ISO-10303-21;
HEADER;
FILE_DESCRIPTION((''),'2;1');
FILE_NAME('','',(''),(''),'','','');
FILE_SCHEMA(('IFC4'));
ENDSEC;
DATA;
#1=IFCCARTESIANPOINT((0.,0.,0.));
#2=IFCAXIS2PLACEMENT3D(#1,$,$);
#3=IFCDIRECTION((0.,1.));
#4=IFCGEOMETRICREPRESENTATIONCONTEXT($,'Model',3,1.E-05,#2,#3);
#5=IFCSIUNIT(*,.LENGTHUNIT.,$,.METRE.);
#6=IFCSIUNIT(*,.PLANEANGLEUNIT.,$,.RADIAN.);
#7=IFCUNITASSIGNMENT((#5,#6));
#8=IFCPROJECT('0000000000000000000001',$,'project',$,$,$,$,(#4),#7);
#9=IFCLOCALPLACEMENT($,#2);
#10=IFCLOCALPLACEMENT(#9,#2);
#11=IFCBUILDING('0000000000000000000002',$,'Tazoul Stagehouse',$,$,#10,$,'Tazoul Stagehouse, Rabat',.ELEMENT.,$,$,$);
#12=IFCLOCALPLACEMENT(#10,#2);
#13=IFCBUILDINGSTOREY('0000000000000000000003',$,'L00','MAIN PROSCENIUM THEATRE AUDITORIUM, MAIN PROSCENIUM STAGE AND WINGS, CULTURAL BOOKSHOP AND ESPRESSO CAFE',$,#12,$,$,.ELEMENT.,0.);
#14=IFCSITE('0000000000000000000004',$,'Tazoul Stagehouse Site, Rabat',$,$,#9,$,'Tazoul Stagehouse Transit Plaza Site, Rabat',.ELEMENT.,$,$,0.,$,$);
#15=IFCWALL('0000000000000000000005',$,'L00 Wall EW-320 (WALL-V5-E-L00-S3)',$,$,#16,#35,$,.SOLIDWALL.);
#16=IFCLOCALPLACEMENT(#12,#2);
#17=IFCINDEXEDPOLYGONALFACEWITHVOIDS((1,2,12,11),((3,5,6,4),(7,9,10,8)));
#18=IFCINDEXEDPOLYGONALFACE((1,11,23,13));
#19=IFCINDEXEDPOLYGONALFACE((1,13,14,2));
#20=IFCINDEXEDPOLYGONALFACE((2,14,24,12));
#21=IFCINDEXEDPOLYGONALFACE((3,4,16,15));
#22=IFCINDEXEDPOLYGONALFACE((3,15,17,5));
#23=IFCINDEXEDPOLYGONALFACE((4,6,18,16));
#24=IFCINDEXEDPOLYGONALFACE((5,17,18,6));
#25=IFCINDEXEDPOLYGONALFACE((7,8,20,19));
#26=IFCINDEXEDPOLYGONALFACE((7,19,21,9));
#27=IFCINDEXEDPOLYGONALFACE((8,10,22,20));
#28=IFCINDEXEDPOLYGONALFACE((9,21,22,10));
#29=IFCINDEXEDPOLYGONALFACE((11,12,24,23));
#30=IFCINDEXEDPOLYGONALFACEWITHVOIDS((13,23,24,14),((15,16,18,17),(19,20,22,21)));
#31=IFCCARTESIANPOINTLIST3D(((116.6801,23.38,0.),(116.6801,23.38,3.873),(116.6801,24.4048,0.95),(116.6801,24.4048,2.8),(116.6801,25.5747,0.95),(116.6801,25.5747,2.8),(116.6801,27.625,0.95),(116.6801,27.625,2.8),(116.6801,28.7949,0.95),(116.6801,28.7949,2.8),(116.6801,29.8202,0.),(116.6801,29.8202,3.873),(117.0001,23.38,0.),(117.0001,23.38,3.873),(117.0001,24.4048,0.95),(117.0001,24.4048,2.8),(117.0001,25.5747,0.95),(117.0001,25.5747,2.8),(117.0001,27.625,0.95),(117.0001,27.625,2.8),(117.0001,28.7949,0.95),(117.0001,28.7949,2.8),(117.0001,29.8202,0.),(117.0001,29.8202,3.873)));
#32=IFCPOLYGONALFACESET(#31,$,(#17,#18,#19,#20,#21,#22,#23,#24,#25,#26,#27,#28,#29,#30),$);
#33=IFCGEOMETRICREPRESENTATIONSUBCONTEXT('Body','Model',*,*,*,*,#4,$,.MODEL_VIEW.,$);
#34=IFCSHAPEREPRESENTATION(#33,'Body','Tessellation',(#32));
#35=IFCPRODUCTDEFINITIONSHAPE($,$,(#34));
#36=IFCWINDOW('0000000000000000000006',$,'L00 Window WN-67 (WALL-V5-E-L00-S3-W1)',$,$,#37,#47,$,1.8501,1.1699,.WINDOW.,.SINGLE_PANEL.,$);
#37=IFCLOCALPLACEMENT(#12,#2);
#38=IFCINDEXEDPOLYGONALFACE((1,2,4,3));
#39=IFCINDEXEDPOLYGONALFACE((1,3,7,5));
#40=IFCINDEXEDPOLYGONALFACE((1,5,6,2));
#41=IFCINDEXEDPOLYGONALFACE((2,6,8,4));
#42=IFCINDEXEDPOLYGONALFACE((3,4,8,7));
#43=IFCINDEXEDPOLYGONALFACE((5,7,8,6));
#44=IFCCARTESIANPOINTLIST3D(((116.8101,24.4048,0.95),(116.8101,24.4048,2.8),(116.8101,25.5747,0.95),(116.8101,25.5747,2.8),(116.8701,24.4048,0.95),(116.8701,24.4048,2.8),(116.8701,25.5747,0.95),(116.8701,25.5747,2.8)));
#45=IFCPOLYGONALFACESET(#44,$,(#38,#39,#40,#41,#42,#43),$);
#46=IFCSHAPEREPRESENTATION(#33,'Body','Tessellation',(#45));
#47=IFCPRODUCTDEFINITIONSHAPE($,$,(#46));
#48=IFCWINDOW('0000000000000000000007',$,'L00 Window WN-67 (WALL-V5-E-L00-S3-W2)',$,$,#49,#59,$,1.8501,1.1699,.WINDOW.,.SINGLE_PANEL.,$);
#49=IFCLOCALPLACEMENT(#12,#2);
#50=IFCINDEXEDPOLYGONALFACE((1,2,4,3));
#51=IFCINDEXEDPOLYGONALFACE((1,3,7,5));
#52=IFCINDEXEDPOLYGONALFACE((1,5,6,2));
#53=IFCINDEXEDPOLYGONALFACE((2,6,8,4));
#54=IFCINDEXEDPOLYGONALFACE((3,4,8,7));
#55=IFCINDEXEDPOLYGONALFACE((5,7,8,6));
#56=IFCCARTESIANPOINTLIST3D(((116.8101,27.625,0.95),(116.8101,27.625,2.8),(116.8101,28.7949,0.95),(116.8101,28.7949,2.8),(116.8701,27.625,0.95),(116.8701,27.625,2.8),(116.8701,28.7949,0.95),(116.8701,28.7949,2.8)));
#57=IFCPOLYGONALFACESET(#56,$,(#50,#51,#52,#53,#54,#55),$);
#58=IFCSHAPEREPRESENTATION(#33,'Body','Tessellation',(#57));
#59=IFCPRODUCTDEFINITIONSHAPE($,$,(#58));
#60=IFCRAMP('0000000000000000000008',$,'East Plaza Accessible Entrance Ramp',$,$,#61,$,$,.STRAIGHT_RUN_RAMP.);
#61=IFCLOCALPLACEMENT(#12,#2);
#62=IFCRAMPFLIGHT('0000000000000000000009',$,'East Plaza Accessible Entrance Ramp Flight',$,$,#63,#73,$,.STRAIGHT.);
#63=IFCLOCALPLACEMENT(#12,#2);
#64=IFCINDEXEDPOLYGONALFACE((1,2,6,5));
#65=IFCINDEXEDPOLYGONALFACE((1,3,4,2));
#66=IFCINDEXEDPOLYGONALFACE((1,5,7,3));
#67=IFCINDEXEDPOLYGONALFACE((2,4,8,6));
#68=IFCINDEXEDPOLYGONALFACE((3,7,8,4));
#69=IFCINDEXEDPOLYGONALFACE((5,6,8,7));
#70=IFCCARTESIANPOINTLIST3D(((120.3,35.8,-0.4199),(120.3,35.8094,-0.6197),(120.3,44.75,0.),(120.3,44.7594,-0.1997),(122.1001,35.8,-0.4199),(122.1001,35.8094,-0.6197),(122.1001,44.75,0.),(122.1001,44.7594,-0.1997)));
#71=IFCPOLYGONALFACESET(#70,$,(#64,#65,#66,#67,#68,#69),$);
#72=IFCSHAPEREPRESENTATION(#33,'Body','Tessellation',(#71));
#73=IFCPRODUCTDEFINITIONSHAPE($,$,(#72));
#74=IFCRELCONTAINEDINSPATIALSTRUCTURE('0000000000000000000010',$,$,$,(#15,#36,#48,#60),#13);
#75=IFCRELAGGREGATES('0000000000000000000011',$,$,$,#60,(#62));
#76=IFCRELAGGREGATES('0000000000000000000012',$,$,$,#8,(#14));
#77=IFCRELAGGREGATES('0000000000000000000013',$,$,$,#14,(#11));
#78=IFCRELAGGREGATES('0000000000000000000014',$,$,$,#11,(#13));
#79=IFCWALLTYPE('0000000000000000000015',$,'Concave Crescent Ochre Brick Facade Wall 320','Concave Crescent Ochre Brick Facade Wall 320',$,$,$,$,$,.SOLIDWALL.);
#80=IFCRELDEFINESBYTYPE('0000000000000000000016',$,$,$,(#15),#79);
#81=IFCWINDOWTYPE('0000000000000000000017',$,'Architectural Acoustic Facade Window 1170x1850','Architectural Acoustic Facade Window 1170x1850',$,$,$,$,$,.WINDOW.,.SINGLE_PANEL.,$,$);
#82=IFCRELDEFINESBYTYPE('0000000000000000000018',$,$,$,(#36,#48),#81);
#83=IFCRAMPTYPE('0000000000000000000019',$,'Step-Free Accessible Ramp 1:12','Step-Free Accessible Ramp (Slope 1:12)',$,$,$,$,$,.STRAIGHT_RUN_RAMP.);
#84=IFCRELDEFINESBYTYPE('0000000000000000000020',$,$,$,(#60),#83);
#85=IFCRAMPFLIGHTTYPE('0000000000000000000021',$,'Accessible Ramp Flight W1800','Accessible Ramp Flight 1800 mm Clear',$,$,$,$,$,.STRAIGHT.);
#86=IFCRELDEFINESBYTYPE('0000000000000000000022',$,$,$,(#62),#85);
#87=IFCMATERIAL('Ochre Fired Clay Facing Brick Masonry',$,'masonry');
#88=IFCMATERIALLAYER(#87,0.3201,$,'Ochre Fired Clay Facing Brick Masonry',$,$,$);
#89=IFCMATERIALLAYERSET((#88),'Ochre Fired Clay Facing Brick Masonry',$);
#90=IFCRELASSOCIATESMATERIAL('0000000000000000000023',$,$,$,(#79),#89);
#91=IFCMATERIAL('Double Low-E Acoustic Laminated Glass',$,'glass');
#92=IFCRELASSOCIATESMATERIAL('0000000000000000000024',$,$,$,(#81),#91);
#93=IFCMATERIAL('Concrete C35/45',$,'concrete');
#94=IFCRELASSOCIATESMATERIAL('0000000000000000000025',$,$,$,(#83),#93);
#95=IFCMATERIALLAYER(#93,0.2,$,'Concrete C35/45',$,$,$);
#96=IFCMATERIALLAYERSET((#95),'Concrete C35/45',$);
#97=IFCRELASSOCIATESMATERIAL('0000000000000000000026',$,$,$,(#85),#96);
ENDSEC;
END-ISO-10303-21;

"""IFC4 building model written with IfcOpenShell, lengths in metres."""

from ifc_helpers import new_model, si_unit, direction, frame, frame_2d, origin, place, context, subcontext, project, spatial, polyline, rectangle, outline, extrude, material, layer, layer_set, type_object, element, fill, aggregate, save


model = new_model("IFC4")

# Units and contexts
model_context = context("Model", 3, precision=1e-05, world=origin(), true_north=direction((0.0, 1.0)))
body_context = subcontext(model_context, "Body", "Model", "MODEL_VIEW")
ifc_project = project(units=[si_unit("LENGTHUNIT", "METRE"), si_unit("PLANEANGLEUNIT", "RADIAN")], contexts=[model_context])

# Site, building, storey
site_placement = place(None, origin())
site = spatial("IfcSite", under=ifc_project, at=site_placement, Name="Tazoul Stagehouse Site, Rabat", LongName="Tazoul Stagehouse Transit Plaza Site, Rabat", CompositionType="ELEMENT", RefElevation=0.0)
building_placement = place(site_placement, origin())
building = spatial("IfcBuilding", under=site, at=building_placement, Name="Tazoul Stagehouse", LongName="Tazoul Stagehouse, Rabat", CompositionType="ELEMENT")
storey_placement = place(building_placement, origin())
storey = spatial("IfcBuildingStorey", under=building, at=storey_placement, Name="L00", Description="MAIN PROSCENIUM THEATRE AUDITORIUM, MAIN PROSCENIUM STAGE AND WINGS, CULTURAL BOOKSHOP AND ESPRESSO CAFE", CompositionType="ELEMENT", Elevation=0.0)

# Wall, openings, windows
ifc_material_1 = material(Name="Ochre Fired Clay Facing Brick Masonry", Category="masonry")
ifc_layer_1 = layer(ifc_material_1, 0.3201, Name="Ochre Fired Clay Facing Brick Masonry")
ifc_layer_set_1 = layer_set([ifc_layer_1], Name="Ochre Fired Clay Facing Brick Masonry")
wall_type = type_object("IfcWallType", Name="Concave Crescent Ochre Brick Facade Wall 320", Description="Concave Crescent Ochre Brick Facade Wall 320", PredefinedType="SOLIDWALL", material=ifc_layer_set_1)
wall_placement = place(storey_placement, frame((116.8401, 23.3799, 0.0), z_axis=(0.0, 0.0, 1.0), x_axis=(0.0, 1.0, 0.0)))
wall = element("IfcWall", 1, at=wall_placement, inside=storey, type_object=wall_type, Name="L00 Wall EW-320 (WALL-V5-E-L00-S3)", PredefinedType="SOLIDWALL", context=body_context, shape_type="SweptSolid", body=[
    extrude(rectangle(XDim=6.4402, YDim=0.3201, at=frame_2d((3.2202, 0.0))), origin(), (0.0, 0.0, 1.0), 3.873),
])
opening_1_placement = place(wall_placement, frame((1.0249, 0.0, 0.95)))
opening_1 = element("IfcOpeningElement", 2, at=opening_1_placement, cuts=wall, PredefinedType="OPENING", context=body_context, shape_type="SweptSolid", body=[
    extrude(rectangle(XDim=1.1699, YDim=1.8501, at=frame_2d((0.585, 0.925))), frame((0.0, 0.1799, 0.0), z_axis=(0.0, -1.0, 0.0), x_axis=(1.0, 0.0, 0.0)), (0.0, 0.0, 1.0), 0.3601),
])
opening_2_placement = place(wall_placement, frame((4.2451, 0.0, 0.95)))
opening_2 = element("IfcOpeningElement", 3, at=opening_2_placement, cuts=wall, PredefinedType="OPENING", context=body_context, shape_type="SweptSolid", body=[
    extrude(rectangle(XDim=1.1699, YDim=1.8501, at=frame_2d((0.585, 0.925))), frame((0.0, 0.1799, 0.0), z_axis=(0.0, -1.0, 0.0), x_axis=(1.0, 0.0, 0.0)), (0.0, 0.0, 1.0), 0.3601),
])
ifc_material_2 = material(Name="Double Low-E Acoustic Laminated Glass", Category="glass")
window_type = type_object("IfcWindowType", Name="Architectural Acoustic Facade Window 1170x1850", Description="Architectural Acoustic Facade Window 1170x1850", PartitioningType="SINGLE_PANEL", PredefinedType="WINDOW", material=ifc_material_2)
window_1_placement = place(opening_1_placement, origin())
window_1 = element("IfcWindow", 4, at=window_1_placement, inside=storey, type_object=window_type, Name="L00 Window WN-67 (WALL-V5-E-L00-S3-W1)", OverallHeight=1.8501, OverallWidth=1.1699, PartitioningType="SINGLE_PANEL", PredefinedType="WINDOW", context=body_context, shape_type="SweptSolid", body=[
    extrude(rectangle(XDim=1.1699, YDim=1.8501, at=frame_2d((0.585, 0.925))), frame((0.0, 0.03, 0.0), z_axis=(0.0, -1.0, 0.0), x_axis=(1.0, 0.0, 0.0)), (0.0, 0.0, 1.0), 0.0601),
])
fill(opening_1, window_1)
window_2_placement = place(opening_2_placement, origin())
window_2 = element("IfcWindow", 5, at=window_2_placement, inside=storey, type_object=window_type, Name="L00 Window WN-67 (WALL-V5-E-L00-S3-W2)", OverallHeight=1.8501, OverallWidth=1.1699, PartitioningType="SINGLE_PANEL", PredefinedType="WINDOW", context=body_context, shape_type="SweptSolid", body=[
    extrude(rectangle(XDim=1.1699, YDim=1.8501, at=frame_2d((0.585, 0.925))), frame((0.0, 0.03, 0.0), z_axis=(0.0, -1.0, 0.0), x_axis=(1.0, 0.0, 0.0)), (0.0, 0.0, 1.0), 0.0601),
])
fill(opening_2, window_2)

# Ramp, ramp flight
ifc_material_3 = material(Name="Concrete C35/45", Category="concrete")
ramp_type = type_object("IfcRampType", Name="Step-Free Accessible Ramp 1:12", Description="Step-Free Accessible Ramp (Slope 1:12)", PredefinedType="STRAIGHT_RUN_RAMP", material=ifc_material_3)
ramp_placement = place(storey_placement, origin())
ramp = element("IfcRamp", 6, at=ramp_placement, inside=storey, type_object=ramp_type, Name="East Plaza Accessible Entrance Ramp", PredefinedType="STRAIGHT_RUN_RAMP")
ifc_layer_2 = layer(ifc_material_3, 0.2, Name="Concrete C35/45")
ifc_layer_set_2 = layer_set([ifc_layer_2], Name="Concrete C35/45")
ramp_flight_type = type_object("IfcRampFlightType", Name="Accessible Ramp Flight W1800", Description="Accessible Ramp Flight 1800 mm Clear", PredefinedType="STRAIGHT", material=ifc_layer_set_2)
ramp_flight_placement = place(storey_placement, frame((122.1001, 35.8, -0.4199), z_axis=(0.0, -0.046867, 0.998901), x_axis=(-1.0, 0.0, 0.0)))
ramp_flight = element("IfcRampFlight", 7, at=ramp_flight_placement, type_object=ramp_flight_type, Name="East Plaza Accessible Entrance Ramp Flight", PredefinedType="STRAIGHT", context=body_context, shape_type="SweptSolid", body=[
    extrude(outline(polyline([(0.0, 0.0), (1.8, 0.0), (1.8, -8.9598), (0.0, -8.9598), (0.0, 0.0)])), origin(), (0.0, 0.0, -1.0), 0.2),
])
aggregate(ramp, [ramp_flight])

save(model, "model.ifc")
